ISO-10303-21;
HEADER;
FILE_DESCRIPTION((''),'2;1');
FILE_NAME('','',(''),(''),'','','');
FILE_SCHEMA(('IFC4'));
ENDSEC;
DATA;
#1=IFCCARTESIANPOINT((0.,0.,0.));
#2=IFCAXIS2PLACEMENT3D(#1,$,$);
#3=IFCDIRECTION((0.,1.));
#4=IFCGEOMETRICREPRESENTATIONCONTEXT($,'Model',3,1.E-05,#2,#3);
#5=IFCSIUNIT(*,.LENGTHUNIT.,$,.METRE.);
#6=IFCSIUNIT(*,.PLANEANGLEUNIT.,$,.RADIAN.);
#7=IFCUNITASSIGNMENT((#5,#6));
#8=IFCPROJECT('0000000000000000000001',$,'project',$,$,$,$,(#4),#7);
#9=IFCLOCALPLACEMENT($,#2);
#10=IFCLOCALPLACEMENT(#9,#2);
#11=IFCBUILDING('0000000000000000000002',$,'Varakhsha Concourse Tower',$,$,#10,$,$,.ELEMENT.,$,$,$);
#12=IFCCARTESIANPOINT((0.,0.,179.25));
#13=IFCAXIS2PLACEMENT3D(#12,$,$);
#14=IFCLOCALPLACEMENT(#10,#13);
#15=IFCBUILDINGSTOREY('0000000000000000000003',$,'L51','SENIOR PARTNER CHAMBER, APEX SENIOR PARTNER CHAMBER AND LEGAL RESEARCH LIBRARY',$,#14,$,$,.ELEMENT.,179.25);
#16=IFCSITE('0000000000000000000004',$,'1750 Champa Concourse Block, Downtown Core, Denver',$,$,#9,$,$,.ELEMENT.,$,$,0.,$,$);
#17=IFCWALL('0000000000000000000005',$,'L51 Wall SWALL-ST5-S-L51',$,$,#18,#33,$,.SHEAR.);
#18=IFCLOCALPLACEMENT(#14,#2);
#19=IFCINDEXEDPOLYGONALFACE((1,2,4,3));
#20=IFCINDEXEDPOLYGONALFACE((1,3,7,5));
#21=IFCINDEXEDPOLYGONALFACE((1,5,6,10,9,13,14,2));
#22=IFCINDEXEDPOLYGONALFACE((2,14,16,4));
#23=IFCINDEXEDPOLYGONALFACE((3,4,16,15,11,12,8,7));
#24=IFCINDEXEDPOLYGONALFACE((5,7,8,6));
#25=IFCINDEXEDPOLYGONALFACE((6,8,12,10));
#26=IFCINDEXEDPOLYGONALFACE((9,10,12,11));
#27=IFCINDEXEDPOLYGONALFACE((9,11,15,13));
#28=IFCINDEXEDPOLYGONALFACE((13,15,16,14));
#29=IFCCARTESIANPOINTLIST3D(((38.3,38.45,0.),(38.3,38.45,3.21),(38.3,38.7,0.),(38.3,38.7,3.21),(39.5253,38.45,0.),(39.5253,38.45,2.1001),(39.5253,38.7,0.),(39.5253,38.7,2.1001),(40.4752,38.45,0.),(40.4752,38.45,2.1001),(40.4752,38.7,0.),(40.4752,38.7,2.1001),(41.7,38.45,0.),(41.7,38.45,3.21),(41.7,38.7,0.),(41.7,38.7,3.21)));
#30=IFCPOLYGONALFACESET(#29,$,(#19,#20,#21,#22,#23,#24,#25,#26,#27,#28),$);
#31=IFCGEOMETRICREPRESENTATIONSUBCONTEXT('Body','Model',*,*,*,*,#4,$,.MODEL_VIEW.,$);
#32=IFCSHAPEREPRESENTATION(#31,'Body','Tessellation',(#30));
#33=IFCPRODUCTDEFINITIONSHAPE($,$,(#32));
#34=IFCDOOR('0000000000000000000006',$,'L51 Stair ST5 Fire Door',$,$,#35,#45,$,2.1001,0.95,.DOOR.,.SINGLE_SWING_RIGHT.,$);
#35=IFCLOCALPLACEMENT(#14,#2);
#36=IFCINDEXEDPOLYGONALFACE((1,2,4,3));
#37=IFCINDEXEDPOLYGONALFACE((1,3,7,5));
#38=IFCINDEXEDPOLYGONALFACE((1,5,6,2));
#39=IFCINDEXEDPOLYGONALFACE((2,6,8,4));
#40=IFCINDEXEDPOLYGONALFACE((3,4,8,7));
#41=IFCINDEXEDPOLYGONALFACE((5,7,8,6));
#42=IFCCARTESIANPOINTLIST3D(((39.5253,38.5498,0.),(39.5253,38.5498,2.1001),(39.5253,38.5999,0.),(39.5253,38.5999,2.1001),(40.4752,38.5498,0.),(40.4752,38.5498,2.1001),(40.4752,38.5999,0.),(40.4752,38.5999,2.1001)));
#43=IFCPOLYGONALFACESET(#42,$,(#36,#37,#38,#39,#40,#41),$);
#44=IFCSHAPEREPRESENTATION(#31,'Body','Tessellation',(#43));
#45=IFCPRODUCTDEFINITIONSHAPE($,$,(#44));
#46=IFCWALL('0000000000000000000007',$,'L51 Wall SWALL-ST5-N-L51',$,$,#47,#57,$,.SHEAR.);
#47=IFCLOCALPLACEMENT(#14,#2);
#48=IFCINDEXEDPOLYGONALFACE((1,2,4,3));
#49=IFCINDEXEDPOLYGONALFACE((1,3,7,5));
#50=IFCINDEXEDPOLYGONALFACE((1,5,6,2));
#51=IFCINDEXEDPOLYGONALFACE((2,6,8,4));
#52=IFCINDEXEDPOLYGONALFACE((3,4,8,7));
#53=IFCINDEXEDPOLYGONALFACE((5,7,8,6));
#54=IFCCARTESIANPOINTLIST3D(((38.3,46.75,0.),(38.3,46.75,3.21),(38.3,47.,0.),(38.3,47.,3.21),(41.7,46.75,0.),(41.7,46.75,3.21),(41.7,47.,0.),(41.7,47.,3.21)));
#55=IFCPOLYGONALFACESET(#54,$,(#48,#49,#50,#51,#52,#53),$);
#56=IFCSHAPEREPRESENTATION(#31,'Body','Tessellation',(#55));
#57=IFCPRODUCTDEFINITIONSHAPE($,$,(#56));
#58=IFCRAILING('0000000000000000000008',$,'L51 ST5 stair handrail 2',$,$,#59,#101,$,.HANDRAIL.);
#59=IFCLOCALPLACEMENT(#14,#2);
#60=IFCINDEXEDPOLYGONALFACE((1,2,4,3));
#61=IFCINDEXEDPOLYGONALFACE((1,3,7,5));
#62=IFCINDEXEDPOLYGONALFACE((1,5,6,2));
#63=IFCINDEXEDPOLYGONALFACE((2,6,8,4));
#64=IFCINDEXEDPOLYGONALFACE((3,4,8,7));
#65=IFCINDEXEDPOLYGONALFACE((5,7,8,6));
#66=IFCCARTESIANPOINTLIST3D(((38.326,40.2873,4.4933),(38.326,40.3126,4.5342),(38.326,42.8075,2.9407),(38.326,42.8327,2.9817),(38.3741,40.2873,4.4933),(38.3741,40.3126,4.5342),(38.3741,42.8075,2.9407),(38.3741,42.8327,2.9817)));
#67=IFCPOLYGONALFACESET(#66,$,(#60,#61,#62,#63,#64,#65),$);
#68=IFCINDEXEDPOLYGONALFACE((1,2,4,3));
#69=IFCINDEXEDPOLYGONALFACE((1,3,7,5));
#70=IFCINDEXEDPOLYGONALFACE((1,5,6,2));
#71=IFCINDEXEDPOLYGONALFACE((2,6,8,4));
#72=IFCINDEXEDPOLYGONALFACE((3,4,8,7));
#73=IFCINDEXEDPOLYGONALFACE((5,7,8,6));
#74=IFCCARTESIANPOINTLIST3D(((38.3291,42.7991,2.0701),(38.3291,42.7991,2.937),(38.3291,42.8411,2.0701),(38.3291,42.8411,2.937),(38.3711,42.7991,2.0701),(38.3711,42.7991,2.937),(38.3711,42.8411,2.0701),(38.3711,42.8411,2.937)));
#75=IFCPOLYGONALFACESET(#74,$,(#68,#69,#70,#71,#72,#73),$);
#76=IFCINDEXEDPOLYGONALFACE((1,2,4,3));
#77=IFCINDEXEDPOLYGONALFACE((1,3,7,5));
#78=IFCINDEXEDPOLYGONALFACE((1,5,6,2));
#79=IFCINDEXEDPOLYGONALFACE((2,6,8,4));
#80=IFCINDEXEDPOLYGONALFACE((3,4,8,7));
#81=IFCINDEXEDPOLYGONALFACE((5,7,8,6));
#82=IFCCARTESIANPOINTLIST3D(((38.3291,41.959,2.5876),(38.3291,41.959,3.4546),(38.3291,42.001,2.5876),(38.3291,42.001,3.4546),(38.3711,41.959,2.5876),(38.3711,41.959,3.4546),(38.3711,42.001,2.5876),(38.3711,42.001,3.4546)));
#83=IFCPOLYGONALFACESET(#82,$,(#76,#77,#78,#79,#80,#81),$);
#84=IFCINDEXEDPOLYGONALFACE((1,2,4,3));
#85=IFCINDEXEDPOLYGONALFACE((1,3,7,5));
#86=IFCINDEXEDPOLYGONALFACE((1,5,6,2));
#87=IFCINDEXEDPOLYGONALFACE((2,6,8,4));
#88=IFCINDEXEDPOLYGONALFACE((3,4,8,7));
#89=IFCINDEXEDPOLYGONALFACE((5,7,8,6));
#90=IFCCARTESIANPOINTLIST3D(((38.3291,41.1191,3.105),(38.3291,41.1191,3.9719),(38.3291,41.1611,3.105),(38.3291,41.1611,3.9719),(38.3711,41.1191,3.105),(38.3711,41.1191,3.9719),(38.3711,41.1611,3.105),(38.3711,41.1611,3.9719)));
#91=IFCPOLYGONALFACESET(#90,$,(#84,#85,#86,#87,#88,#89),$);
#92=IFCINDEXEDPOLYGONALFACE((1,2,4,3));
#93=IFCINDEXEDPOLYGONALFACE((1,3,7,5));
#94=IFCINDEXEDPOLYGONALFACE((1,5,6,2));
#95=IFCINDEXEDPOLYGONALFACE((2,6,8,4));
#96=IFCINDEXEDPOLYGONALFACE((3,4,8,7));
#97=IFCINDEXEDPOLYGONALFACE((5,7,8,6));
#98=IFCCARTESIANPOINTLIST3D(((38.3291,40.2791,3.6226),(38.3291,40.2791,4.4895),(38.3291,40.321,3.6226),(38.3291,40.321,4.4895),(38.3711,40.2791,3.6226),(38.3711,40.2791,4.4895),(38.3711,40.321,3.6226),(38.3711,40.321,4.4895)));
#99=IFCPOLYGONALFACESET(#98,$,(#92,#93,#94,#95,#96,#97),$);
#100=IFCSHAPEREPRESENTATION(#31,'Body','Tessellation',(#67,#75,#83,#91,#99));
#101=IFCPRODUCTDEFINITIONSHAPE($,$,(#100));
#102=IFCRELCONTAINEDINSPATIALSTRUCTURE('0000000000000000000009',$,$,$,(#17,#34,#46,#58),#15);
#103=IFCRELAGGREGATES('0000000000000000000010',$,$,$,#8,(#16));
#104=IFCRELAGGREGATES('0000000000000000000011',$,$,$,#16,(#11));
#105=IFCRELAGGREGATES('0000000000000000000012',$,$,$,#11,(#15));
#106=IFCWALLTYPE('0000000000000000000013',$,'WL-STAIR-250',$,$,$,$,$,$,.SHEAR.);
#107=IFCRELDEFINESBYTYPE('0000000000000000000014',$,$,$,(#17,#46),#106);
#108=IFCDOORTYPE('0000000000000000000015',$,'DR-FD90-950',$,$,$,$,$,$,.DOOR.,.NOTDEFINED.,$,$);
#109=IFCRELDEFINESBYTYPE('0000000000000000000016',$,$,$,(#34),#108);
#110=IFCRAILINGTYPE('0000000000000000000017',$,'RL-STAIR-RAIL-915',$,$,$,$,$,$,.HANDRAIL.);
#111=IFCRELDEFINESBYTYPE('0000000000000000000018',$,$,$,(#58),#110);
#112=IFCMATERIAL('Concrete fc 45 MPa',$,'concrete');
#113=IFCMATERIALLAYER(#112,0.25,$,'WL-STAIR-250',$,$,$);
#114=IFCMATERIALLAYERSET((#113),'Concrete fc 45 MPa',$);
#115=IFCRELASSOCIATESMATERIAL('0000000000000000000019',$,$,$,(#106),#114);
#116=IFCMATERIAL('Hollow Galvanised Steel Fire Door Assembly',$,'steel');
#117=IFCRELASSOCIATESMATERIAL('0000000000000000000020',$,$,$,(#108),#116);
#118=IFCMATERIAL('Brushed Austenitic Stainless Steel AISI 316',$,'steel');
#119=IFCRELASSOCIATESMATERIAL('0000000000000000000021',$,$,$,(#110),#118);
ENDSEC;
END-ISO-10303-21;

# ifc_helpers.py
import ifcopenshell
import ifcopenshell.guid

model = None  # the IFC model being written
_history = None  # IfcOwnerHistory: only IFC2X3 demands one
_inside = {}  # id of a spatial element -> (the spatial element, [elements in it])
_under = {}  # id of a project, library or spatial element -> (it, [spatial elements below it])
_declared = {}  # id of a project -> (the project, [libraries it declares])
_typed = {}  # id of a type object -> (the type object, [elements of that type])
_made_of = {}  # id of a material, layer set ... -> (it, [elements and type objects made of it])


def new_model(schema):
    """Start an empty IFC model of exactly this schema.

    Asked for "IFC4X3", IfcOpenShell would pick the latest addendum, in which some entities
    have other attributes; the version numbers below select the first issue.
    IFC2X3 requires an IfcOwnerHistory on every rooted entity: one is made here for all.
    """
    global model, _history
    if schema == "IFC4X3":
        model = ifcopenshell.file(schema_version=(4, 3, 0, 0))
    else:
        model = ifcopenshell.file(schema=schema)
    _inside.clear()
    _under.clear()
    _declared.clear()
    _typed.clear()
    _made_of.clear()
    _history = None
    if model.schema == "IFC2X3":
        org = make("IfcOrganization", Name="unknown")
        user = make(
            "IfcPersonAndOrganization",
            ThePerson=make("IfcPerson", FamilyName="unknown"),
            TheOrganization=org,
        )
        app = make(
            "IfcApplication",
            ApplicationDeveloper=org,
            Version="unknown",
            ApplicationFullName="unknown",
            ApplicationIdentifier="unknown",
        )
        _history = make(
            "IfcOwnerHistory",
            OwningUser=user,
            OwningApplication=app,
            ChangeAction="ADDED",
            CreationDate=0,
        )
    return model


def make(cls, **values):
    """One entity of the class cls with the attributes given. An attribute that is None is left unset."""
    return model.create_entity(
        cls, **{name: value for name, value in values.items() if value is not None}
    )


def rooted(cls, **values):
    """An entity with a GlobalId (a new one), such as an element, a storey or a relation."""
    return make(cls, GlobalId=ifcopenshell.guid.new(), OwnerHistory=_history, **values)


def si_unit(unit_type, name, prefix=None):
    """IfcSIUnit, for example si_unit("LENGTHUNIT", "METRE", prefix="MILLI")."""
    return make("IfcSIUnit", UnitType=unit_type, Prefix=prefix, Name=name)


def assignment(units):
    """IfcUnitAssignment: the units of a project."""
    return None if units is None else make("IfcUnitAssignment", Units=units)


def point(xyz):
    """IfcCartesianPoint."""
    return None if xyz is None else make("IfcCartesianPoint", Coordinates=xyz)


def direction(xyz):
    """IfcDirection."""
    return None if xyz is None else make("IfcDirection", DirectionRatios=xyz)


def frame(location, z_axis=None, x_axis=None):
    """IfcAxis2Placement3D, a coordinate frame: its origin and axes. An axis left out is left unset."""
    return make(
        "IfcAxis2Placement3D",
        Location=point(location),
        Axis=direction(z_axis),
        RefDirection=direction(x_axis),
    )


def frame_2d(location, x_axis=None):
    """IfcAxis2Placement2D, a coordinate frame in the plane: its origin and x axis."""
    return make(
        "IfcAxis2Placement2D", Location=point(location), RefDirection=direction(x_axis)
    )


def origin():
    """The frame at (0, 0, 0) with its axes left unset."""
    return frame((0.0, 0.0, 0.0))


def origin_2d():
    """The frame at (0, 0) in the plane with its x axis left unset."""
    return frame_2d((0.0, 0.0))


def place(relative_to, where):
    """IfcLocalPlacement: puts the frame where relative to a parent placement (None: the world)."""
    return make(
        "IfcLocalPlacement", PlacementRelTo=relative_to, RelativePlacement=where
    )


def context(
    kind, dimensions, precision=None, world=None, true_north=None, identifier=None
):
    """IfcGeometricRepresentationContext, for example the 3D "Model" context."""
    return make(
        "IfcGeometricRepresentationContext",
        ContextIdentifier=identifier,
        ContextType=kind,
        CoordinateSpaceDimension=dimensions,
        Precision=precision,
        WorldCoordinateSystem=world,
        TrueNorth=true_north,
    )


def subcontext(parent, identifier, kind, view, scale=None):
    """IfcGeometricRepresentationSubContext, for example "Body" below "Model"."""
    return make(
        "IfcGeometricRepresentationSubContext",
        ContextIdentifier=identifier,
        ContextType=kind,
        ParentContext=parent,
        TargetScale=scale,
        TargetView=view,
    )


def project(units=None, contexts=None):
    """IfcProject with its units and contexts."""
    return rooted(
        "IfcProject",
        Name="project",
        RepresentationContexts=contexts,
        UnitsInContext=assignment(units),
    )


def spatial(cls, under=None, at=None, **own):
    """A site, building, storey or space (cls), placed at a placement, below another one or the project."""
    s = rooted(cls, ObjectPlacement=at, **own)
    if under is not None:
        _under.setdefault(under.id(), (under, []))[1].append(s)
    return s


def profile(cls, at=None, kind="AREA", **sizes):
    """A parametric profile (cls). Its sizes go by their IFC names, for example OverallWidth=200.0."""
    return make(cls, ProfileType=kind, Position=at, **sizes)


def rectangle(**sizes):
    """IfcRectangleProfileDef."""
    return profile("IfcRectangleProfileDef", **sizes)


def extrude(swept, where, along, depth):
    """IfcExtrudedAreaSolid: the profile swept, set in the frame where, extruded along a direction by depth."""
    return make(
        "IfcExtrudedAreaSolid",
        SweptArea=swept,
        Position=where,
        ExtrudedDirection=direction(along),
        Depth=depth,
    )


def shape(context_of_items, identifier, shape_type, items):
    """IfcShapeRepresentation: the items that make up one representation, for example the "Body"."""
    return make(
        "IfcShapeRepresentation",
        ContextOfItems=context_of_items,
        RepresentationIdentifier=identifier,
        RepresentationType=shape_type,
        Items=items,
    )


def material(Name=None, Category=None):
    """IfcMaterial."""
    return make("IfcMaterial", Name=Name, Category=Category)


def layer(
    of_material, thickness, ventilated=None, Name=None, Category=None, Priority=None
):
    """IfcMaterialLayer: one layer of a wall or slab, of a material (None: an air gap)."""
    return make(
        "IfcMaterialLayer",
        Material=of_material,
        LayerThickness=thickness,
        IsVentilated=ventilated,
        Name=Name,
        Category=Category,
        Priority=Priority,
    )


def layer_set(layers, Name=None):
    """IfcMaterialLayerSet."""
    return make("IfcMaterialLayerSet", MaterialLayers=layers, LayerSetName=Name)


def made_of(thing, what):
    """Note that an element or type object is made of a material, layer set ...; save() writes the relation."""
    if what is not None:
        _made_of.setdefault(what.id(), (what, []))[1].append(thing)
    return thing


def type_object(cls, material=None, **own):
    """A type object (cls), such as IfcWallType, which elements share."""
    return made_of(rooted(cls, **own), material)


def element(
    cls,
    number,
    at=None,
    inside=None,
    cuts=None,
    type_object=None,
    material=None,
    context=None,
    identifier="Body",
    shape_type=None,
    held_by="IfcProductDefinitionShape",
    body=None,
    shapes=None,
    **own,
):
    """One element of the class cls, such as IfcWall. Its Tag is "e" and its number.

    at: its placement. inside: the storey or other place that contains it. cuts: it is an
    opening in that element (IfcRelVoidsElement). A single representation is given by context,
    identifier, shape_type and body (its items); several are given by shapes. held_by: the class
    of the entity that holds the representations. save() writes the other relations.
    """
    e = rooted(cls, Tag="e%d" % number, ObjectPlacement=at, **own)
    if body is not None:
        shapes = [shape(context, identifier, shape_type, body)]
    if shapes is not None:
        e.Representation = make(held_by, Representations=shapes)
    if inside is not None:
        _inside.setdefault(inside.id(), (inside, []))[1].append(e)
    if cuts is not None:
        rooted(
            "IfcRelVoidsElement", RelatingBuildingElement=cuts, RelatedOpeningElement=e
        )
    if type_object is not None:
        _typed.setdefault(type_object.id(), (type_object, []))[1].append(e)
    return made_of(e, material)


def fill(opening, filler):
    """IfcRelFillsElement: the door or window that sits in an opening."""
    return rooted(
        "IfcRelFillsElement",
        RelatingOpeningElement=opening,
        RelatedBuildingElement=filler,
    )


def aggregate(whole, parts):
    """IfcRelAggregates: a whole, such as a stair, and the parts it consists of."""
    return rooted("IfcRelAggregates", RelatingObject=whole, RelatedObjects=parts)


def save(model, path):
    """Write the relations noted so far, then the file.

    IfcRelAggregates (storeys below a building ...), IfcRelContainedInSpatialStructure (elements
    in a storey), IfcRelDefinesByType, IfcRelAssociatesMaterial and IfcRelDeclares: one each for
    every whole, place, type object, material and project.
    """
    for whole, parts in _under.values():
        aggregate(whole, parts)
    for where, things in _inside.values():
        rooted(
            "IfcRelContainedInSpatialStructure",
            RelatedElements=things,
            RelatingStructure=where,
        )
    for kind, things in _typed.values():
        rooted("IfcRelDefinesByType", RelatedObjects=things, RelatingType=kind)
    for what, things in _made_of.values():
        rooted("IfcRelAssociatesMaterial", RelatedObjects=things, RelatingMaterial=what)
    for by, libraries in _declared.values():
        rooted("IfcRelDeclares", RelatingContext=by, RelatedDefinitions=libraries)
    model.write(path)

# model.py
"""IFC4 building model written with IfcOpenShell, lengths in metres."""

from ifc_helpers import new_model, si_unit, direction, frame, frame_2d, origin, origin_2d, place, context, subcontext, project, spatial, rectangle, extrude, material, layer, layer_set, type_object, element, fill, save


model = new_model("IFC4")

# Units and contexts
model_context = context("Model", 3, precision=1e-05, world=origin(), true_north=direction((0.0, 1.0)))
body_context = subcontext(model_context, "Body", "Model", "MODEL_VIEW")
ifc_project = project(units=[si_unit("LENGTHUNIT", "METRE"), si_unit("PLANEANGLEUNIT", "RADIAN")], contexts=[model_context])

# Site, building, storey
site_placement = place(None, origin())
site = spatial("IfcSite", under=ifc_project, at=site_placement, Name="1750 Champa Concourse Block, Downtown Core, Denver", CompositionType="ELEMENT", RefElevation=0.0)
building_placement = place(site_placement, origin())
building = spatial("IfcBuilding", under=site, at=building_placement, Name="Varakhsha Concourse Tower", CompositionType="ELEMENT")
storey_placement = place(building_placement, frame((0.0, 0.0, 179.25)))
storey = spatial("IfcBuildingStorey", under=building, at=storey_placement, Name="L51", Description="SENIOR PARTNER CHAMBER, APEX SENIOR PARTNER CHAMBER AND LEGAL RESEARCH LIBRARY", CompositionType="ELEMENT", Elevation=179.25)

# Shared definitions
ifc_material_1 = material(Name="Concrete fc 45 MPa", Category="concrete")

# Shared definitions
ifc_material_2 = material(Name="Hollow Galvanised Steel Fire Door Assembly", Category="steel")

# Shared definitions
ifc_layer_1 = layer(ifc_material_1, 0.25, Name="WL-STAIR-250")
ifc_layer_set_1 = layer_set([ifc_layer_1], Name="Concrete fc 45 MPa")
wall_type_1 = type_object("IfcWallType", Name="WL-STAIR-250", PredefinedType="SHEAR", material=ifc_layer_set_1)

# Wall, opening, door
wall_1_placement = place(storey_placement, frame((38.3, 38.575, 0.0), z_axis=(0.0, 0.0, 1.0), x_axis=(1.0, 0.0, 0.0)))
wall_1 = element("IfcWall", 1, at=wall_1_placement, inside=storey, type_object=wall_type_1, Name="L51 Wall SWALL-ST5-S-L51", PredefinedType="SHEAR", context=body_context, shape_type="SweptSolid", body=[
    extrude(rectangle(XDim=3.3999, YDim=0.25, at=frame_2d((1.7, 0.0))), origin(), (0.0, 0.0, 1.0), 3.21),
])
opening_1_placement = place(wall_1_placement, frame((1.2251, 0.0, 0.0)))
opening_1 = element("IfcOpeningElement", 2, at=opening_1_placement, cuts=wall_1, PredefinedType="OPENING", context=body_context, shape_type="SweptSolid", body=[
    extrude(rectangle(XDim=0.95, YDim=2.1001, at=frame_2d((0.4751, 1.05))), frame((0.0, 0.135, 0.0), z_axis=(0.0, -1.0, 0.0), x_axis=(1.0, 0.0, 0.0)), (0.0, 0.0, 1.0), 0.27),
])
door_type_1 = type_object("IfcDoorType", Name="DR-FD90-950", OperationType="NOTDEFINED", PredefinedType="DOOR", material=ifc_material_2)
door_1_placement = place(opening_1_placement, origin())
door_1 = element("IfcDoor", 3, at=door_1_placement, inside=storey, type_object=door_type_1, Name="L51 Stair ST5 Fire Door", OperationType="SINGLE_SWING_RIGHT", OverallHeight=2.1001, OverallWidth=0.95, PredefinedType="DOOR", context=body_context, shape_type="SweptSolid", body=[
    extrude(rectangle(XDim=0.95, YDim=2.1001, at=frame_2d((0.4751, 1.05))), frame((0.0, 0.0249, 0.0), z_axis=(0.0, -1.0, 0.0), x_axis=(1.0, 0.0, 0.0)), (0.0, 0.0, 1.0), 0.05),
])
fill(opening_1, door_1)

# Wall
wall_2_placement = place(storey_placement, frame((38.3, 46.875, 0.0), z_axis=(0.0, 0.0, 1.0), x_axis=(1.0, 0.0, 0.0)))
element("IfcWall", 4, at=wall_2_placement, inside=storey, type_object=wall_type_1, Name="L51 Wall SWALL-ST5-N-L51", PredefinedType="SHEAR", context=body_context, shape_type="SweptSolid", body=[
    extrude(rectangle(XDim=3.3999, YDim=0.25, at=frame_2d((1.7, 0.0))), origin(), (0.0, 0.0, 1.0), 3.21),
])

# Railing
ifc_material_3 = material(Name="Brushed Austenitic Stainless Steel AISI 316", Category="steel")
railing_type = type_object("IfcRailingType", Name="RL-STAIR-RAIL-915", PredefinedType="HANDRAIL", material=ifc_material_3)
railing_placement = place(storey_placement, frame((38.3501, 42.8201, 2.0701)))
element("IfcRailing", 5, at=railing_placement, inside=storey, type_object=railing_type, Name="L51 ST5 stair handrail 2", PredefinedType="HANDRAIL", context=body_context, shape_type="SweptSolid", body=[
    extrude(rectangle(XDim=0.0481, YDim=0.0481, at=origin_2d()), frame((0.0, 0.0, 0.8911), z_axis=(0.0, -0.8514, 0.524516), x_axis=(1.0, 0.0, 0.0)), (0.0, 0.0, 1.0), 2.96),
    extrude(rectangle(XDim=0.042, YDim=0.042, at=origin_2d()), origin(), (0.0, 0.0, 1.0), 0.8669),
    extrude(rectangle(XDim=0.042, YDim=0.042, at=origin_2d()), frame((0.0, -0.8401, 0.5176)), (0.0, 0.0, 1.0), 0.8669),
    extrude(rectangle(XDim=0.042, YDim=0.042, at=origin_2d()), frame((0.0, -1.6799, 1.0349)), (0.0, 0.0, 1.0), 0.8669),
    extrude(rectangle(XDim=0.042, YDim=0.042, at=origin_2d()), frame((0.0, -2.52, 1.5525)), (0.0, 0.0, 1.0), 0.8669),
])

save(model, "model.ifc")
